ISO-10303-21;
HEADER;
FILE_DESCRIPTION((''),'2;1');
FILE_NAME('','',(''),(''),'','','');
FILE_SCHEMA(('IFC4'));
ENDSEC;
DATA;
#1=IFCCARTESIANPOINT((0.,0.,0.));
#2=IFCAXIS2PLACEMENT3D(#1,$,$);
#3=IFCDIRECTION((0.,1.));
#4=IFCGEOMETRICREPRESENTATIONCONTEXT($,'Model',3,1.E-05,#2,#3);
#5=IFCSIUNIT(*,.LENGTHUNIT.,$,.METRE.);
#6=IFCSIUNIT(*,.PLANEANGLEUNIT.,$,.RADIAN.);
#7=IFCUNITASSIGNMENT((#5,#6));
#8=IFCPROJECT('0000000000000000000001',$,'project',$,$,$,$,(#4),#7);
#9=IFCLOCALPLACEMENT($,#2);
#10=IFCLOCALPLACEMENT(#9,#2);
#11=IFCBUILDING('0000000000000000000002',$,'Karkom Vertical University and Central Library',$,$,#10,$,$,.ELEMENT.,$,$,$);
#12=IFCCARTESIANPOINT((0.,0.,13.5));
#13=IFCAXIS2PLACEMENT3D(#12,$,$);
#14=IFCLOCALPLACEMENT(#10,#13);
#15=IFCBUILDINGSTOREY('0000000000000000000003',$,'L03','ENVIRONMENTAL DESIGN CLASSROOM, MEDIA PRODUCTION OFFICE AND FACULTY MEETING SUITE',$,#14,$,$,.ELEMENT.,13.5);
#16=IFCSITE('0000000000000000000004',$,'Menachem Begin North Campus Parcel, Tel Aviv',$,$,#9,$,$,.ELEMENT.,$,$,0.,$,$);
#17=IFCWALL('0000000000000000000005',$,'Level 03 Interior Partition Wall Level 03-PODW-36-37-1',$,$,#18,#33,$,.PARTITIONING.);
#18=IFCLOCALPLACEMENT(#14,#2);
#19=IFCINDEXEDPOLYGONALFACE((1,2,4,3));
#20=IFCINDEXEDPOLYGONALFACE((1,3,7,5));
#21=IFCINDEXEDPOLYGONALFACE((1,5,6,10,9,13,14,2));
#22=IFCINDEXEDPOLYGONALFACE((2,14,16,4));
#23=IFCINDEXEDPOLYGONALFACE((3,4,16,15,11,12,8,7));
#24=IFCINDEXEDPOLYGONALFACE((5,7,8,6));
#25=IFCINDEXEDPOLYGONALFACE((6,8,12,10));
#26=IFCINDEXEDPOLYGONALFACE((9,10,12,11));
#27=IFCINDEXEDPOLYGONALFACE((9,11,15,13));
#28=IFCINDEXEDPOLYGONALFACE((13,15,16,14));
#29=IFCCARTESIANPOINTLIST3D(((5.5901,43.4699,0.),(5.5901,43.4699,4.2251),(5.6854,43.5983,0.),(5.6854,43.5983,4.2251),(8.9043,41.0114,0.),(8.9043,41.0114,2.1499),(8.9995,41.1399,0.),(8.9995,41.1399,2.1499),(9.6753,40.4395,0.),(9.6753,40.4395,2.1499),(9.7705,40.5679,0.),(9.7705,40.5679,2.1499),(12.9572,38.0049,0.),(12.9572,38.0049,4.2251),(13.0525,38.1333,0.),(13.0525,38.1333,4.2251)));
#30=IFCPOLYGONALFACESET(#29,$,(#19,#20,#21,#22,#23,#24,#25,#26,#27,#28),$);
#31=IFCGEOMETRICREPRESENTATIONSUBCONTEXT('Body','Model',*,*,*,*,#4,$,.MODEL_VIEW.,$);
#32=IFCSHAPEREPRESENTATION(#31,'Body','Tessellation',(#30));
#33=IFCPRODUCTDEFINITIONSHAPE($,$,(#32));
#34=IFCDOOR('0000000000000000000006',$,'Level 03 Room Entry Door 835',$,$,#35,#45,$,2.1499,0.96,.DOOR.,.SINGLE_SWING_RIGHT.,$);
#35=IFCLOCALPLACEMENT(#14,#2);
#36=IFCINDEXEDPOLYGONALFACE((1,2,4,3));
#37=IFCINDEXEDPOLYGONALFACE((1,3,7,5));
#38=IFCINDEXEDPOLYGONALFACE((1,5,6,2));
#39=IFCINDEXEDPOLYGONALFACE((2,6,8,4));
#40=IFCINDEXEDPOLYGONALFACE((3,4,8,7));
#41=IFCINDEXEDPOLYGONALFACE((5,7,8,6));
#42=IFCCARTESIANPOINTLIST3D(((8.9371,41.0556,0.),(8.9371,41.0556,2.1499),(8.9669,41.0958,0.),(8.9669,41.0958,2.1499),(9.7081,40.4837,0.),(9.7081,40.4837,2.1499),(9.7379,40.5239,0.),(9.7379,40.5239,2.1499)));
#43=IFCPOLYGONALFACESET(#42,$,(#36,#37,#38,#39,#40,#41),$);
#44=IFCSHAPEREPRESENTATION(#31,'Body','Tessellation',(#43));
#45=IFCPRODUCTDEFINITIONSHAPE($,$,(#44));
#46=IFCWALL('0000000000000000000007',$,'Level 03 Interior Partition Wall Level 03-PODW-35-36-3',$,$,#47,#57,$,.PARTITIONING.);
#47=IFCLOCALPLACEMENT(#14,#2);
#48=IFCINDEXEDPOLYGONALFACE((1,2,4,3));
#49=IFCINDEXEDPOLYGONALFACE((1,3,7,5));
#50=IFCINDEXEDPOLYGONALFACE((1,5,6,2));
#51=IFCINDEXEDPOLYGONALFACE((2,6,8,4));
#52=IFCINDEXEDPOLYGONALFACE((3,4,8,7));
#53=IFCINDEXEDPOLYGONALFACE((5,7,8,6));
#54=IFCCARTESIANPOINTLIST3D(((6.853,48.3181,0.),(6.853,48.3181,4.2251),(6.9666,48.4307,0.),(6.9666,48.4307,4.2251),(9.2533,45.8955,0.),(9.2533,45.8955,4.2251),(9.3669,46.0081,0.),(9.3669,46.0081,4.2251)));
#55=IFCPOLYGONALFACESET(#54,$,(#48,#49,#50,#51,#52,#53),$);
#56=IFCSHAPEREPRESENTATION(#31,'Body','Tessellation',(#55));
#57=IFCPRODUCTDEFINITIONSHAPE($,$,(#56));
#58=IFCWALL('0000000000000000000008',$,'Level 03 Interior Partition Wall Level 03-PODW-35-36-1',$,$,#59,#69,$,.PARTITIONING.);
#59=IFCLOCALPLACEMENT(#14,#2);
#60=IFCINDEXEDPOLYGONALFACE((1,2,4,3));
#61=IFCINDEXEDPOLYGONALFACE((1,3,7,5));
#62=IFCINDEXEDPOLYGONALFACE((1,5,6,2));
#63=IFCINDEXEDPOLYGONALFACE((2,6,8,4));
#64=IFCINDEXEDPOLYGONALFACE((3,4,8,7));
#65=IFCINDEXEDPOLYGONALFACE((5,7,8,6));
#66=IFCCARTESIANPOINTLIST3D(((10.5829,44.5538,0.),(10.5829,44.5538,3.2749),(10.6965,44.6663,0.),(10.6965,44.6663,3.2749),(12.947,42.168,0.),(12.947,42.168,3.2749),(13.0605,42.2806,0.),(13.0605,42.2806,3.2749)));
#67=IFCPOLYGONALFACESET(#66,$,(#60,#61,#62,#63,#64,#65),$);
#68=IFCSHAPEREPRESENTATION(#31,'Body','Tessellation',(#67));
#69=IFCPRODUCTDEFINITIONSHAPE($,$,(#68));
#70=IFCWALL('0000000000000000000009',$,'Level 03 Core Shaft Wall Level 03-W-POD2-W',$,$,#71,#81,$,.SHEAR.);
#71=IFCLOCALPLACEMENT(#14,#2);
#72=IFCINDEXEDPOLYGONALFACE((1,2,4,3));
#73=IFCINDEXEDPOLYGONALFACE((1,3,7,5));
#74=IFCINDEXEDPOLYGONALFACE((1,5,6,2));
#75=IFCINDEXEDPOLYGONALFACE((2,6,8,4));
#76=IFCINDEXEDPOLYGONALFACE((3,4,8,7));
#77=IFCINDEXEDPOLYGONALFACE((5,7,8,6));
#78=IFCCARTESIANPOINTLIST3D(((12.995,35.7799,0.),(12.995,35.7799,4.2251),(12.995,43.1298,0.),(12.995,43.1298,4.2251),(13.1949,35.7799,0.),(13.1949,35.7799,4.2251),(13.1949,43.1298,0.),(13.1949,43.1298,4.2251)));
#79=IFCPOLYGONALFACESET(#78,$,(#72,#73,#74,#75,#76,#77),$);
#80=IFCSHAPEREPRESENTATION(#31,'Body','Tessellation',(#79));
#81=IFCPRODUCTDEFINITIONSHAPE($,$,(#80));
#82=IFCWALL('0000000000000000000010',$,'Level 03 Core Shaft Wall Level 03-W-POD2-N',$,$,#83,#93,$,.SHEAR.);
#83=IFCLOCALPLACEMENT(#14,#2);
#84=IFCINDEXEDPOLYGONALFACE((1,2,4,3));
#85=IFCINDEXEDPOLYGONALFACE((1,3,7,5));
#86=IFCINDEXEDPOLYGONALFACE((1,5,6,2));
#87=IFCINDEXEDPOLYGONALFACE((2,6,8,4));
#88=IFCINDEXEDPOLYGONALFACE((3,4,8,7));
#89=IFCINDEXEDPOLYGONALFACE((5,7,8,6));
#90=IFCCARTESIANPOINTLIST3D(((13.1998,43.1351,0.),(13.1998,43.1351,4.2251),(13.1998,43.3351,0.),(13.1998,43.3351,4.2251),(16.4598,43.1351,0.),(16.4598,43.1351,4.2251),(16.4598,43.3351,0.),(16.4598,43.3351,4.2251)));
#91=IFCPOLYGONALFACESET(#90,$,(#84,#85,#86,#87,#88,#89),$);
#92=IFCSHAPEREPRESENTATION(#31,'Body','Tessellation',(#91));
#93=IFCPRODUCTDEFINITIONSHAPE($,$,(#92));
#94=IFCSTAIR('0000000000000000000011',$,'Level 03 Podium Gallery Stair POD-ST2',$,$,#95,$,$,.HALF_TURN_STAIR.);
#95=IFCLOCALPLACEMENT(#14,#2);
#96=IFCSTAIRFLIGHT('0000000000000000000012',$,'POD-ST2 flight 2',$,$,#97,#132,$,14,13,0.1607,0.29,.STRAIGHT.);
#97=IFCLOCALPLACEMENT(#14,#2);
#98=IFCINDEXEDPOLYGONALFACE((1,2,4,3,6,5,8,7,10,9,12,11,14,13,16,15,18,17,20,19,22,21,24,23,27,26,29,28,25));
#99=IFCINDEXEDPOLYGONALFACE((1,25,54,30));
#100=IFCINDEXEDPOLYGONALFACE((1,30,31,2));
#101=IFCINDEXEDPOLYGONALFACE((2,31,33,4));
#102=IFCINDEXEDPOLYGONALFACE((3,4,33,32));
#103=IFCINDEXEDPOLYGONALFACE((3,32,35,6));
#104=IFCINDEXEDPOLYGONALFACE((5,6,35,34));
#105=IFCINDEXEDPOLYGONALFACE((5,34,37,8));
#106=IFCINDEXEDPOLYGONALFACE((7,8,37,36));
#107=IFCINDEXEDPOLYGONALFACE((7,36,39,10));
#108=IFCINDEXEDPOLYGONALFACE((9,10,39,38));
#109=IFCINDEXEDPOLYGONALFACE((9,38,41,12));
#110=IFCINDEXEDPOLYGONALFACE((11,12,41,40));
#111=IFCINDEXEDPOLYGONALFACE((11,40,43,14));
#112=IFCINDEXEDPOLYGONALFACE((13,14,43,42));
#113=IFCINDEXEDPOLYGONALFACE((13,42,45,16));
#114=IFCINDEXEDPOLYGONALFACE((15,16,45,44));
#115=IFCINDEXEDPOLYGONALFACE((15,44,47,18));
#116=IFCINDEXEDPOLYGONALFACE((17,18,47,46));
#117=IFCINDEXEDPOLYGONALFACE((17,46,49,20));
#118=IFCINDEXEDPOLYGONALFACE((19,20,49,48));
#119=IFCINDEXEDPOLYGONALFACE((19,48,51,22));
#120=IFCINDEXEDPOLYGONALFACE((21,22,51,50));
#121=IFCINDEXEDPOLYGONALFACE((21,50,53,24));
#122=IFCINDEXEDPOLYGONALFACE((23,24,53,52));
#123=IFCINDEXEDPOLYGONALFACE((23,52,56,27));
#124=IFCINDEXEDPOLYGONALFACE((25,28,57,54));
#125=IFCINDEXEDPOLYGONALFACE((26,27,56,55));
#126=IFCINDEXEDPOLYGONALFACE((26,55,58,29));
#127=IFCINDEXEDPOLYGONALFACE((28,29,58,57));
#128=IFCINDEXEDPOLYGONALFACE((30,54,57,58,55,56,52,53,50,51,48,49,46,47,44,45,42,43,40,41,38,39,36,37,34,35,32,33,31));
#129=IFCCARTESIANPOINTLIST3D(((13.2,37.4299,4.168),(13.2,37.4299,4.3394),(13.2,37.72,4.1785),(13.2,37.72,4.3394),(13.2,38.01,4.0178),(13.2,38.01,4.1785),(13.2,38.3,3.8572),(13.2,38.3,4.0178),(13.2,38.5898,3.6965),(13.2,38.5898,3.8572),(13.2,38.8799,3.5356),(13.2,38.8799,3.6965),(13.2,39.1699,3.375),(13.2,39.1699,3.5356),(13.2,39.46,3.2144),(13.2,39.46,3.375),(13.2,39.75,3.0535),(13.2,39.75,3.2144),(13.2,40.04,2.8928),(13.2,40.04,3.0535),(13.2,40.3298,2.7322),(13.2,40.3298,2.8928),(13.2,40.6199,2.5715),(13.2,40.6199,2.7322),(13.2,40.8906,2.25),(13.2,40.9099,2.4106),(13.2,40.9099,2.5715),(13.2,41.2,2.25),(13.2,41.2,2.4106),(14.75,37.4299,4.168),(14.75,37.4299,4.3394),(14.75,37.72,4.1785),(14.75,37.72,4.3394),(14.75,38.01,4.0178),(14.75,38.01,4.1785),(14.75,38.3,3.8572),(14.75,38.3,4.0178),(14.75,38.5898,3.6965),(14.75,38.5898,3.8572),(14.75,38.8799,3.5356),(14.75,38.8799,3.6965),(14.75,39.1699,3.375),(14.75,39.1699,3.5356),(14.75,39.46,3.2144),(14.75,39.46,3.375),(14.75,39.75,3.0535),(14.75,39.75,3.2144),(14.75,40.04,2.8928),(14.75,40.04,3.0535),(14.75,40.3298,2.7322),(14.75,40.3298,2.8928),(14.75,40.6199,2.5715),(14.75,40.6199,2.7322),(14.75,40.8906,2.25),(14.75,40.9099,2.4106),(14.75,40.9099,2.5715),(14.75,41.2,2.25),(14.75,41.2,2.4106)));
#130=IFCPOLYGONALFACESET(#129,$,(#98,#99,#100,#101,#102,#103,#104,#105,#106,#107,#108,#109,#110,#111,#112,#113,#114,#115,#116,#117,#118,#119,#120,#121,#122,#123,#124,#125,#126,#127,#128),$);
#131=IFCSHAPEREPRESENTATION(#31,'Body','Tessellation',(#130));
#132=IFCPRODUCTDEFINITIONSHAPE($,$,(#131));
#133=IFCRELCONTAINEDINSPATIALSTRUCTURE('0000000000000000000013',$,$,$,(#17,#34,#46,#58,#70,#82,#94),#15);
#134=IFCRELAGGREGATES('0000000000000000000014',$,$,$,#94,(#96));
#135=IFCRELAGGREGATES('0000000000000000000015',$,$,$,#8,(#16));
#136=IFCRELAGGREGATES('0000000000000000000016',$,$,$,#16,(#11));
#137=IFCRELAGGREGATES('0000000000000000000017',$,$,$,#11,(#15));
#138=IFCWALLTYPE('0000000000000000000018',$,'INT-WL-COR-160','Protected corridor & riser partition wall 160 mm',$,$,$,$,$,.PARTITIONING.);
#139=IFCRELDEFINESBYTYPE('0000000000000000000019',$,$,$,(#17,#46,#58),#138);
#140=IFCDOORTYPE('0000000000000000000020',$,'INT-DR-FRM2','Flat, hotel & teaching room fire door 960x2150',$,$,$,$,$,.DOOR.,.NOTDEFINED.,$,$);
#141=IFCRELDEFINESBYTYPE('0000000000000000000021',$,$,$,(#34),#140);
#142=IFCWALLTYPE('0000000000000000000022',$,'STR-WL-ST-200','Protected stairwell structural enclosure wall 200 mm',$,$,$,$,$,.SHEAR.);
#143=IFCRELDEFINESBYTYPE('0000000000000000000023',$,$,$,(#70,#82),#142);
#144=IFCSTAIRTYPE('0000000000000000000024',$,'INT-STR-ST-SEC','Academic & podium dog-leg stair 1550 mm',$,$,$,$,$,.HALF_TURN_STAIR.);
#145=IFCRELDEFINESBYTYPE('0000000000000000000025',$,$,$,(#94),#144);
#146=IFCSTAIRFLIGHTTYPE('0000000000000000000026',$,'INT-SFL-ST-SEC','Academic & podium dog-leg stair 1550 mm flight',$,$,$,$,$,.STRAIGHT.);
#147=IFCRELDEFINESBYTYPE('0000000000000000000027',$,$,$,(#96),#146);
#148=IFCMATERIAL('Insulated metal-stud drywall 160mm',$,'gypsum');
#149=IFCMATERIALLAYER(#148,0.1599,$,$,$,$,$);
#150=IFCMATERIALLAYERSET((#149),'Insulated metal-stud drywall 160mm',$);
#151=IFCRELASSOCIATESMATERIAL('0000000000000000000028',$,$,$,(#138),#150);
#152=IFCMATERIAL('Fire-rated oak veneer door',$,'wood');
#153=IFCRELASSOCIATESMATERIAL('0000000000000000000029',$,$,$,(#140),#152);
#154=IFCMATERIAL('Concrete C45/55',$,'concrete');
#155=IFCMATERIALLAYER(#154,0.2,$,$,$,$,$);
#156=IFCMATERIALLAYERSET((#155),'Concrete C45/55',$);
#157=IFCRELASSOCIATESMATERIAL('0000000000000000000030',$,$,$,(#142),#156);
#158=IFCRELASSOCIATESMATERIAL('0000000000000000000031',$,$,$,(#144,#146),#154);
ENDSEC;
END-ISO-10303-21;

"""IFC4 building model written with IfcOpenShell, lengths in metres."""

from ifc_helpers import new_model, si_unit, direction, frame, frame_2d, origin, origin_with_axes, place, context, subcontext, project, spatial, polyline, rectangle, outline, extrude, source, transform, mapped, material, layer, layer_set, type_object, element, fill, aggregate, save


model = new_model("IFC4")

# Units and contexts
model_context = context("Model", 3, precision=1e-05, world=origin(), true_north=direction((0.0, 1.0)))
body_context = subcontext(model_context, "Body", "Model", "MODEL_VIEW")
ifc_project = project(units=[si_unit("LENGTHUNIT", "METRE"), si_unit("PLANEANGLEUNIT", "RADIAN")], contexts=[model_context])

# Site, building, storey
site_placement = place(None, origin())
site = spatial("IfcSite", under=ifc_project, at=site_placement, Name="Menachem Begin North Campus Parcel, Tel Aviv", CompositionType="ELEMENT", RefElevation=0.0)
building_placement = place(site_placement, origin())
building = spatial("IfcBuilding", under=site, at=building_placement, Name="Karkom Vertical University and Central Library", CompositionType="ELEMENT")
storey_placement = place(building_placement, frame((0.0, 0.0, 13.5)))
storey = spatial("IfcBuildingStorey", under=building, at=storey_placement, Name="L03", Description="ENVIRONMENTAL DESIGN CLASSROOM, MEDIA PRODUCTION OFFICE AND FACULTY MEETING SUITE", CompositionType="ELEMENT", Elevation=13.5)

# Wall, opening, door
ifc_material_1 = material(Name="Insulated metal-stud drywall 160mm", Category="gypsum")
ifc_layer_1 = layer(ifc_material_1, 0.1599)
ifc_layer_set_1 = layer_set([ifc_layer_1], Name="Insulated metal-stud drywall 160mm")
wall_type_1 = type_object("IfcWallType", Name="INT-WL-COR-160", Description="Protected corridor & riser partition wall 160 mm", PredefinedType="PARTITIONING", material=ifc_layer_set_1)
wall_1_placement = place(storey_placement, frame((13.0049, 38.0691, 0.0), z_axis=(0.0, 0.0, 1.0), x_axis=(-0.803144, 0.595784, 0.0)))
wall_1 = element("IfcWall", 1, at=wall_1_placement, inside=storey, type_object=wall_type_1, Name="Level 03 Interior Partition Wall Level 03-PODW-36-37-1", PredefinedType="PARTITIONING", context=body_context, shape_type="SweptSolid", body=[
    extrude(rectangle(XDim=9.1729, YDim=0.1599, at=frame_2d((4.5864, 0.0))), origin(), (0.0, 0.0, 1.0), 4.2251),
])
opening_1_placement = place(wall_1_placement, frame((4.0864, 0.0, 0.0)))
opening_1 = element("IfcOpeningElement", 2, at=opening_1_placement, cuts=wall_1, PredefinedType="OPENING", context=body_context, shape_type="SweptSolid", body=[
    extrude(rectangle(XDim=0.96, YDim=2.1499, at=frame_2d((0.48, 1.075))), frame((0.0, 0.0898, 0.0), z_axis=(0.0, -1.0, 0.0), x_axis=(1.0, 0.0, 0.0)), (0.0, 0.0, 1.0), 0.1799),
])
ifc_material_2 = material(Name="Fire-rated oak veneer door", Category="wood")
door_type_1 = type_object("IfcDoorType", Name="INT-DR-FRM2", Description="Flat, hotel & teaching room fire door 960x2150", OperationType="NOTDEFINED", PredefinedType="DOOR", material=ifc_material_2)
shared_shape_1 = source(origin_with_axes(), body_context, "Body", "SweptSolid", [
    extrude(rectangle(XDim=0.96, YDim=2.1499, at=frame_2d((0.48, 1.075))), frame((0.0, 0.0249, 0.0), z_axis=(0.0, -1.0, 0.0), x_axis=(1.0, 0.0, 0.0)), (0.0, 0.0, 1.0), 0.05),
])
door_1_placement = place(opening_1_placement, origin())
door_1 = element("IfcDoor", 3, at=door_1_placement, inside=storey, type_object=door_type_1, Name="Level 03 Room Entry Door 835", OperationType="SINGLE_SWING_RIGHT", OverallHeight=2.1499, OverallWidth=0.96, PredefinedType="DOOR", context=body_context, shape_type="MappedRepresentation", body=[
    mapped(shared_shape_1, transform((0.0, 0.0, 0.0), scale=1.0)),
])
fill(opening_1, door_1)

# Walls
wall_2_placement = place(storey_placement, frame((9.3101, 45.9519, 0.0), z_axis=(0.0, 0.0, 1.0), x_axis=(-0.703842, 0.710356, 0.0)))
element("IfcWall", 4, at=wall_2_placement, inside=storey, type_object=wall_type_1, Name="Level 03 Interior Partition Wall Level 03-PODW-35-36-3", PredefinedType="PARTITIONING", context=body_context, shape_type="SweptSolid", body=[
    extrude(rectangle(XDim=3.4104, YDim=0.1599, at=frame_2d((1.7051, 0.0))), origin(), (0.0, 0.0, 1.0), 4.2251),
])
wall_3_placement = place(storey_placement, frame((13.0037, 42.2244, 0.0), z_axis=(0.0, 0.0, 1.0), x_axis=(-0.703865, 0.710334, 0.0)))
element("IfcWall", 5, at=wall_3_placement, inside=storey, type_object=wall_type_1, Name="Level 03 Interior Partition Wall Level 03-PODW-35-36-1", PredefinedType="PARTITIONING", context=body_context, shape_type="SweptSolid", body=[
    extrude(rectangle(XDim=3.3586, YDim=0.1599, at=frame_2d((1.6792, 0.0))), origin(), (0.0, 0.0, 1.0), 3.2749),
])
ifc_material_3 = material(Name="Concrete C45/55", Category="concrete")
ifc_layer_2 = layer(ifc_material_3, 0.2)
ifc_layer_set_2 = layer_set([ifc_layer_2], Name="Concrete C45/55")
wall_type_2 = type_object("IfcWallType", Name="STR-WL-ST-200", Description="Protected stairwell structural enclosure wall 200 mm", PredefinedType="SHEAR", material=ifc_layer_set_2)
wall_4_placement = place(storey_placement, frame((13.095, 35.78, 0.0), z_axis=(0.0, 0.0, 1.0), x_axis=(0.0, 1.0, 0.0)))
element("IfcWall", 6, at=wall_4_placement, inside=storey, type_object=wall_type_2, Name="Level 03 Core Shaft Wall Level 03-W-POD2-W", PredefinedType="SHEAR", context=body_context, shape_type="SweptSolid", body=[
    extrude(rectangle(XDim=7.3499, YDim=0.2, at=frame_2d((3.6748, 0.0))), origin(), (0.0, 0.0, 1.0), 4.2251),
])
wall_5_placement = place(storey_placement, frame((13.2, 43.2351, 0.0), z_axis=(0.0, 0.0, 1.0), x_axis=(1.0, 0.0, 0.0)))
element("IfcWall", 7, at=wall_5_placement, inside=storey, type_object=wall_type_2, Name="Level 03 Core Shaft Wall Level 03-W-POD2-N", PredefinedType="SHEAR", context=body_context, shape_type="SweptSolid", body=[
    extrude(rectangle(XDim=3.26, YDim=0.2, at=frame_2d((1.6299, 0.0))), origin(), (0.0, 0.0, 1.0), 4.2251),
])

# Stair, stair flight
stair_type = type_object("IfcStairType", Name="INT-STR-ST-SEC", Description="Academic & podium dog-leg stair 1550 mm", PredefinedType="HALF_TURN_STAIR", material=ifc_material_3)
stair_placement = place(storey_placement, origin())
stair = element("IfcStair", 8, at=stair_placement, inside=storey, type_object=stair_type, Name="Level 03 Podium Gallery Stair POD-ST2", PredefinedType="HALF_TURN_STAIR")
stair_flight_type = type_object("IfcStairFlightType", Name="INT-SFL-ST-SEC", Description="Academic & podium dog-leg stair 1550 mm flight", PredefinedType="STRAIGHT", material=ifc_material_3)
stair_flight_placement = place(storey_placement, frame((13.9751, 41.2, 2.25), z_axis=(0.0, 0.0, 1.0), x_axis=(0.0, -1.0, 0.0)))
stair_flight = element("IfcStairFlight", 9, at=stair_flight_placement, type_object=stair_flight_type, Name="POD-ST2 flight 2", NumberOfRisers=14, NumberOfTreads=13, PredefinedType="STRAIGHT", RiserHeight=0.1607, TreadLength=0.29, context=body_context, shape_type="SweptSolid", body=[
    extrude(outline(polyline([(0.0, 0.0), (0.0, 0.1606), (0.29, 0.1606), (0.29, 0.3215), (0.5801, 0.3215), (0.5801, 0.4822), (0.8701, 0.4822), (0.8701, 0.6428), (1.1599, 0.6428), (1.1599, 0.8035), (1.45, 0.8035), (1.45, 0.9644), (1.74, 0.9644), (1.74, 1.125), (2.03, 1.125), (2.03, 1.2856), (2.3201, 1.2856), (2.3201, 1.4465), (2.6101, 1.4465), (2.6101, 1.6072), (2.8999, 1.6072), (2.8999, 1.7678), (3.1899, 1.7678), (3.1899, 1.9285), (3.48, 1.9285), (3.48, 2.0894), (3.77, 2.0894), (3.77, 2.25), (3.77, 1.918), (0.3093, 0.0), (0.0, 0.0)])), frame((0.0, 0.7749, 0.0), z_axis=(0.0, -1.0, 0.0), x_axis=(1.0, 0.0, 0.0)), (0.0, 0.0, 1.0), 1.55),
])
aggregate(stair, [stair_flight])

save(model, "model.ifc")
